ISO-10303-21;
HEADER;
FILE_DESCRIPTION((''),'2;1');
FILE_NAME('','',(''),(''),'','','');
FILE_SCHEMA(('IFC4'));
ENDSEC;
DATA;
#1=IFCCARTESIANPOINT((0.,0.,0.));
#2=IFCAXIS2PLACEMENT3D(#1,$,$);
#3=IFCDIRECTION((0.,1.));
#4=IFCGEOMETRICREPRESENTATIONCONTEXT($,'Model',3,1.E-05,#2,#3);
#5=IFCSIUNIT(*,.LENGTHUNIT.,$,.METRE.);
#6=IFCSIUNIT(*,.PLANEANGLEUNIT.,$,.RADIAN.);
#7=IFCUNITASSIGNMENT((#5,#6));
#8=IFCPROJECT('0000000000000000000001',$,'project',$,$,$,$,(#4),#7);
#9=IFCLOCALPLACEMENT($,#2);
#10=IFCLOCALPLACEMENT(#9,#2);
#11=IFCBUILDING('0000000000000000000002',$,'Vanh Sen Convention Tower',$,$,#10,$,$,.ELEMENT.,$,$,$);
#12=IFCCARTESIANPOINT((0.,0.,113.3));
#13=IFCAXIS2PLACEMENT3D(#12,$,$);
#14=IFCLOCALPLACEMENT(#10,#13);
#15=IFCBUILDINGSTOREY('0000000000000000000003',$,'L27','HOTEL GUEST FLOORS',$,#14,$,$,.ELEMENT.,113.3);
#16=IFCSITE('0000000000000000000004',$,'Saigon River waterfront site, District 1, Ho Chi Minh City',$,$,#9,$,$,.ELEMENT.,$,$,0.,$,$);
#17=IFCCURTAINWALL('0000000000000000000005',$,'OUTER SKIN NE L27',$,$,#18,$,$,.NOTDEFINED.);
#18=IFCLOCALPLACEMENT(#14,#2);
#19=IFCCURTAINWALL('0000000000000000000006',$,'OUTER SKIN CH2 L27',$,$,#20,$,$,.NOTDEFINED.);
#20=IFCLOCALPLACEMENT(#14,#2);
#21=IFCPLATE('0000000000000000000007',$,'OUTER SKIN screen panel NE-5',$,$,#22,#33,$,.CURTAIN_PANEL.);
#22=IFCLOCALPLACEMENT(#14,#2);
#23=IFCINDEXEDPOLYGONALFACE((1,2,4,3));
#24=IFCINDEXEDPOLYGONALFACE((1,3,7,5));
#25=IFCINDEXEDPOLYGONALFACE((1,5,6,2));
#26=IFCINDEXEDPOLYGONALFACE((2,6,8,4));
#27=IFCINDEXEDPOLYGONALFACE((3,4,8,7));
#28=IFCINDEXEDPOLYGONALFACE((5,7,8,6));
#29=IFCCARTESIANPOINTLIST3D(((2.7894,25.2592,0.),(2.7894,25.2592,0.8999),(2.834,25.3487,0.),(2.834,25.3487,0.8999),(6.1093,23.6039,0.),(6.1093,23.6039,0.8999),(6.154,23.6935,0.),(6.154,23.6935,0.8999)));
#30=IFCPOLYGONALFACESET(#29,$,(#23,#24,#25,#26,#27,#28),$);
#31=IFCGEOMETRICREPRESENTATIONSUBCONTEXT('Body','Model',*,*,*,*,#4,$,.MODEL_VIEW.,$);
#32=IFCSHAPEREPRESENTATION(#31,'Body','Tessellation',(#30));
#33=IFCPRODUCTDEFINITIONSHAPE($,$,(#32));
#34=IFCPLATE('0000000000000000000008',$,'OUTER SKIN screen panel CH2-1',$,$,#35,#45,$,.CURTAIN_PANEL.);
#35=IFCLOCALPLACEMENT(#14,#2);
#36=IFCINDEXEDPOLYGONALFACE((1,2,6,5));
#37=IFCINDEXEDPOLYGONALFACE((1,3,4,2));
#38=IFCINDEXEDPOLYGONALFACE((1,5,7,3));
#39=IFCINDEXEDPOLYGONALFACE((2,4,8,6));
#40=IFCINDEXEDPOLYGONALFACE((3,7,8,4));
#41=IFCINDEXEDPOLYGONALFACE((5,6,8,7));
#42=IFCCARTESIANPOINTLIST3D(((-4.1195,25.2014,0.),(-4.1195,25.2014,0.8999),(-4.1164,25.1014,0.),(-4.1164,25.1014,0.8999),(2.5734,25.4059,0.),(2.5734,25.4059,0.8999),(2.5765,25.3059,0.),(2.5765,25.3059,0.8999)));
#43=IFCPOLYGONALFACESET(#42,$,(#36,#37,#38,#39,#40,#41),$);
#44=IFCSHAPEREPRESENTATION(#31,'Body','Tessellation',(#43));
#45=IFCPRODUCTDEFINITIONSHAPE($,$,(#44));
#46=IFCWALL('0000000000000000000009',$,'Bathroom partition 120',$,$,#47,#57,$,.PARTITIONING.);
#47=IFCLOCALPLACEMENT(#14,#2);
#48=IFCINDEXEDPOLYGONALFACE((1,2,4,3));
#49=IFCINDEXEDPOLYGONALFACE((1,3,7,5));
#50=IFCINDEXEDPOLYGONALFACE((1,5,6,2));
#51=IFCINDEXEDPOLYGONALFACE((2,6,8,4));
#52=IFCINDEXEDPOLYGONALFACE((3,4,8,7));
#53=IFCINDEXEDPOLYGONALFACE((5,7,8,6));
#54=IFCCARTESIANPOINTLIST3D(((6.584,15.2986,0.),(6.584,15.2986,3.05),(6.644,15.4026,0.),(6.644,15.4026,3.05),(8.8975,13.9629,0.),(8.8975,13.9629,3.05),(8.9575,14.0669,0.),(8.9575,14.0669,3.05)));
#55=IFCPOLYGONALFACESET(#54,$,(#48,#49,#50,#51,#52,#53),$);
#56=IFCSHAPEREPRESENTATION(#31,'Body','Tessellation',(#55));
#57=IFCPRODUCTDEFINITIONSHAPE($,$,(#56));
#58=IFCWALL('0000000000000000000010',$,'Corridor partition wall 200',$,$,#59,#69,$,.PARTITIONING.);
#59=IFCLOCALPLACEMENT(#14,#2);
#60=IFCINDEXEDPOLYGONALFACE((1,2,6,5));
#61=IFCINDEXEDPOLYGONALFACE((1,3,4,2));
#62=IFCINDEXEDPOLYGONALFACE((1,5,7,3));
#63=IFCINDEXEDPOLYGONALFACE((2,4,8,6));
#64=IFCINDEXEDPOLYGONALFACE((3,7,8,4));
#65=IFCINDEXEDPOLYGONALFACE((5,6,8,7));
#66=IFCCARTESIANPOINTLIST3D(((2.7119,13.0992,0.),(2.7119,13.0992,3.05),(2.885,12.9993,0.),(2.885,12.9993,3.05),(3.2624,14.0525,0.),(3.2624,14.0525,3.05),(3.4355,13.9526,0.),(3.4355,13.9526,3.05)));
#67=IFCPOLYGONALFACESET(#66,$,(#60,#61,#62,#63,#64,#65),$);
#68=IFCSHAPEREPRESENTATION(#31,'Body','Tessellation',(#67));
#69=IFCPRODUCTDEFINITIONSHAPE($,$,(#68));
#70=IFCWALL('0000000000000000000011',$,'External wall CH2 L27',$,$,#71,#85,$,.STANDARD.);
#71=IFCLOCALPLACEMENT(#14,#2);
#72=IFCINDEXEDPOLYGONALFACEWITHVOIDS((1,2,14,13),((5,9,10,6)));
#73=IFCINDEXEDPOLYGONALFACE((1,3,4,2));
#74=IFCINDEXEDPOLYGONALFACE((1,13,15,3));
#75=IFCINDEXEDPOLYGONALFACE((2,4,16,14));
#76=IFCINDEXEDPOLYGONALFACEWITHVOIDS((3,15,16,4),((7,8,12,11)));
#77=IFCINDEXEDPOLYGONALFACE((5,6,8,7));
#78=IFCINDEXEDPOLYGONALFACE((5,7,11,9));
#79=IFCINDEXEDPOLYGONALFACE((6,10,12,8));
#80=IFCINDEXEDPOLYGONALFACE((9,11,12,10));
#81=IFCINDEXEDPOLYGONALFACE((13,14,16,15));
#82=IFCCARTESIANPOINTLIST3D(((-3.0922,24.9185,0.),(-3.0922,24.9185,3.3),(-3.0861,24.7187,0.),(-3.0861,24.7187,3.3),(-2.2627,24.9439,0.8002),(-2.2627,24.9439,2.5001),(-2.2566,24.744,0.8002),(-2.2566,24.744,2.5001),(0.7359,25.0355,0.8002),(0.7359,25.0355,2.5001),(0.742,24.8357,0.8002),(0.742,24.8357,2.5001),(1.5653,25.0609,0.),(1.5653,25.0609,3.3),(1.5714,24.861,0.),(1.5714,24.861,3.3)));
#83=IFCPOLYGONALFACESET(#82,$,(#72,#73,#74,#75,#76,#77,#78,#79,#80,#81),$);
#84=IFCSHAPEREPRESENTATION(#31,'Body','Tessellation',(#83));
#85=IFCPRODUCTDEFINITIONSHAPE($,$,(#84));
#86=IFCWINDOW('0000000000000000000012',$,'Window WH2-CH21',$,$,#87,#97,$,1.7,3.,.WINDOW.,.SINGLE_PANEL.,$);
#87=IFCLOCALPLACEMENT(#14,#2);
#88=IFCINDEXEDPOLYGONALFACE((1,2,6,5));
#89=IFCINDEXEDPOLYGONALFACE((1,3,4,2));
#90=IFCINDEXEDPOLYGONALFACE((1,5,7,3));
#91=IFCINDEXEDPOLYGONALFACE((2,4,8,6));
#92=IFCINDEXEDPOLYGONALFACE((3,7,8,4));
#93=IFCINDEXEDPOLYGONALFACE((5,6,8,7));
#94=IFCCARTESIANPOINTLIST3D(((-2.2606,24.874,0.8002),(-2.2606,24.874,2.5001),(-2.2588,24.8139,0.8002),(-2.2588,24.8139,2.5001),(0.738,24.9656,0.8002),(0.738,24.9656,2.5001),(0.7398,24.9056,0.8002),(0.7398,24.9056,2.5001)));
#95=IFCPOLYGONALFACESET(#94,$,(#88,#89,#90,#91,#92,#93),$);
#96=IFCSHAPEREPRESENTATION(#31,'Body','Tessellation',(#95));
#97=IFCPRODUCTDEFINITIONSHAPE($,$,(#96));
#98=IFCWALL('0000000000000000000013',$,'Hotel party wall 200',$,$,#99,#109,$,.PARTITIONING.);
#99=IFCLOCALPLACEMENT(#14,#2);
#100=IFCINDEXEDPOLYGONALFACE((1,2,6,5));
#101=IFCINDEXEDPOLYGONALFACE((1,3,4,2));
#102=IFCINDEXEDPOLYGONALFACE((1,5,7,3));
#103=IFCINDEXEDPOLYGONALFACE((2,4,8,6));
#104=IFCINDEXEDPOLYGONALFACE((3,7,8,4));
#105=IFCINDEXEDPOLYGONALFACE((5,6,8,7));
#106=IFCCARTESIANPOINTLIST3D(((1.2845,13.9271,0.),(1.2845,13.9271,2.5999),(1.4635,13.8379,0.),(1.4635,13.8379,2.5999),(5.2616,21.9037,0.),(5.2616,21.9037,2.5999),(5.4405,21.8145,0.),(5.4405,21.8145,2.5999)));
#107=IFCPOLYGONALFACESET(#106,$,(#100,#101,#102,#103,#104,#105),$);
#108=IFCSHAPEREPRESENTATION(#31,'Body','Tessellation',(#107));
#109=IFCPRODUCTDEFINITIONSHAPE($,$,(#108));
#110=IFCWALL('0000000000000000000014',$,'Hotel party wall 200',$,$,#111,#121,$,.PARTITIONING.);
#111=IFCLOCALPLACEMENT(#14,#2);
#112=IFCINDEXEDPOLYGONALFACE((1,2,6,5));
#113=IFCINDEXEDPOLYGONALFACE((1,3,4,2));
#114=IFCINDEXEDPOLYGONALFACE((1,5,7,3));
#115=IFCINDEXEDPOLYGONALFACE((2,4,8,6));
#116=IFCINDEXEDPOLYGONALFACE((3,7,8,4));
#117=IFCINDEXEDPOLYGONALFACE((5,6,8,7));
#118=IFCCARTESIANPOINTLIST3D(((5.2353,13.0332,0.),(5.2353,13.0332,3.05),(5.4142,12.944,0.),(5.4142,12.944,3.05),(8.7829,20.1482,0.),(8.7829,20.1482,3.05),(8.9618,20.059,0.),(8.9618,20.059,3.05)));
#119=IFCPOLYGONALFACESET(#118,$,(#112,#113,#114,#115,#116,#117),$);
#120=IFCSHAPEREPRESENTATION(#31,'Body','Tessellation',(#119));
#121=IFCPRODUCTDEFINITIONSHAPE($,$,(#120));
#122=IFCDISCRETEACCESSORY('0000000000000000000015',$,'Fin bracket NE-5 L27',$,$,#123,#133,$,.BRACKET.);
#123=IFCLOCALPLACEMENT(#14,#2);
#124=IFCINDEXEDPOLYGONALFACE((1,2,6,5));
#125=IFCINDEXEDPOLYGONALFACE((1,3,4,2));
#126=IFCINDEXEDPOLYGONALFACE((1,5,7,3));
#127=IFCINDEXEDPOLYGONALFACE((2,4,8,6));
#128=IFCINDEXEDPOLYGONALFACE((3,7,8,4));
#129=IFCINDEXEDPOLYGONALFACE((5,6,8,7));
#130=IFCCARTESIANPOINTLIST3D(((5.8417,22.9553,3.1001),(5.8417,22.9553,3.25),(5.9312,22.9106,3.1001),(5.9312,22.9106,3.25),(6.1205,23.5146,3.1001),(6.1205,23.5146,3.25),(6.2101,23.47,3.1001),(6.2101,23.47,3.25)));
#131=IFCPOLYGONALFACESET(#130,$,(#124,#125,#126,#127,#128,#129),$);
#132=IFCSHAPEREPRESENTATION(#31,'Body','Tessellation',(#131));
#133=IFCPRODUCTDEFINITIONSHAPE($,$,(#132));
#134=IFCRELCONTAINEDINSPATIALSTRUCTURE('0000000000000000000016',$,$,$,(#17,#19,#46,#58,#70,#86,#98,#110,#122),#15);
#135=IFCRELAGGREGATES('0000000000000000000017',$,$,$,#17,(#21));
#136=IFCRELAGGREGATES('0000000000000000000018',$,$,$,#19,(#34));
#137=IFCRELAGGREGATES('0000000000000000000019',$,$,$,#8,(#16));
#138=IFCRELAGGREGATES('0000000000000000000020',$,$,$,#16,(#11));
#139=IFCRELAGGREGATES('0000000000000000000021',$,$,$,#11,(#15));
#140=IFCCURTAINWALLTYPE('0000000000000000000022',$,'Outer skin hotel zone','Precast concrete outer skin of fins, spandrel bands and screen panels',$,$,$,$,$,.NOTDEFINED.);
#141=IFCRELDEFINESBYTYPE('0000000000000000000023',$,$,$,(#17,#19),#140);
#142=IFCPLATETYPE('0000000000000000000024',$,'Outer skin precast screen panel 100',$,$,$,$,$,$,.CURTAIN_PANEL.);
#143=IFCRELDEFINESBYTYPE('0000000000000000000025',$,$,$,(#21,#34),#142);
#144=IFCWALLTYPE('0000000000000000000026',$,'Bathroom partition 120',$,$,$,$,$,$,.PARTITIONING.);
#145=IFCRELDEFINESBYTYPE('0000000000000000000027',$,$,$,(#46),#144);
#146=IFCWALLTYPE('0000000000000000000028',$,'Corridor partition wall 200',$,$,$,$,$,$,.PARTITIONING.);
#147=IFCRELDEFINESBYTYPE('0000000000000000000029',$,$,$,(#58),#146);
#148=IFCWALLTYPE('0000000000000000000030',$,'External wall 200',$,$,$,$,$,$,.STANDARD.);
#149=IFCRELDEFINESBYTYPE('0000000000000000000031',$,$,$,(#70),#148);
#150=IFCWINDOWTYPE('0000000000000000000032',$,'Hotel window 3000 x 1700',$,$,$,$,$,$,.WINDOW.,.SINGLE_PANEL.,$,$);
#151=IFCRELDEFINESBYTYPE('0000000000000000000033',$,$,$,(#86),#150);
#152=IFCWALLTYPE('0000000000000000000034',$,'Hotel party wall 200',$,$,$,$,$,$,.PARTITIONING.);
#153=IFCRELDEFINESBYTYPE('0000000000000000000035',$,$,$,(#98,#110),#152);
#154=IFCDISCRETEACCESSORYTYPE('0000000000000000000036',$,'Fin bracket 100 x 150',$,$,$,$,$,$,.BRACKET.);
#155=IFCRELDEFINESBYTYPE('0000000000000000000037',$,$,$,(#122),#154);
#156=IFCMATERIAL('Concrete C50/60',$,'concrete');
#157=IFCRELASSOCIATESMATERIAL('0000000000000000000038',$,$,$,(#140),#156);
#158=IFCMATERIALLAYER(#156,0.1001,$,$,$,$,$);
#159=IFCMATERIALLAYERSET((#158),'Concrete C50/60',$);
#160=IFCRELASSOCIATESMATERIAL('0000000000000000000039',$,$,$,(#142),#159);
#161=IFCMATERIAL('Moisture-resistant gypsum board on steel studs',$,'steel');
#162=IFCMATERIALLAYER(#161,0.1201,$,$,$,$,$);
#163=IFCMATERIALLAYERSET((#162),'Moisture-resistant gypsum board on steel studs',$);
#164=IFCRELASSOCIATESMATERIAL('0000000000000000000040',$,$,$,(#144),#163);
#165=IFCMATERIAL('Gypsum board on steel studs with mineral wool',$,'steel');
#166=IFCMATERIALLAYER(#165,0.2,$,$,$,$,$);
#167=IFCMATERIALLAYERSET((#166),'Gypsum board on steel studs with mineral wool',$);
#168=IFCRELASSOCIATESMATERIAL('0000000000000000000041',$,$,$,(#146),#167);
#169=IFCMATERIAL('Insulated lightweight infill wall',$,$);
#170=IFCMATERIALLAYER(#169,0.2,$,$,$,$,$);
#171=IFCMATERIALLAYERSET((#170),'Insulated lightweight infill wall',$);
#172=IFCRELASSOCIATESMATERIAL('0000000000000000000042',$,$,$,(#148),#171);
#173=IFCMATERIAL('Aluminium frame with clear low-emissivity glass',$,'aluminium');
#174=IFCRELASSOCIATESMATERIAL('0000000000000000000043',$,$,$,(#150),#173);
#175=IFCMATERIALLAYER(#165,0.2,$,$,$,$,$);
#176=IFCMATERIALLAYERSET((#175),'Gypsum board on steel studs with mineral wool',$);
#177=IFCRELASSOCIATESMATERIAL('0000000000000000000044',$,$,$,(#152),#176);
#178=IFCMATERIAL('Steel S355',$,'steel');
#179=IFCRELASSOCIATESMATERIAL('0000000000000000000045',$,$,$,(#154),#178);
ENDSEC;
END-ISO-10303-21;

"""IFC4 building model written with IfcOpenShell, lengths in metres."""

from ifc_helpers import new_model, si_unit, direction, frame, frame_2d, origin, origin_2d, place, context, subcontext, project, spatial, rectangle, extrude, material, layer, layer_set, type_object, element, fill, aggregate, save


model = new_model("IFC4")

# Units and contexts
model_context = context("Model", 3, precision=1e-05, world=origin(), true_north=direction((0.0, 1.0)))
body_context = subcontext(model_context, "Body", "Model", "MODEL_VIEW")
ifc_project = project(units=[si_unit("LENGTHUNIT", "METRE"), si_unit("PLANEANGLEUNIT", "RADIAN")], contexts=[model_context])

# Site, building, storey
site_placement = place(None, origin())
site = spatial("IfcSite", under=ifc_project, at=site_placement, Name="Saigon River waterfront site, District 1, Ho Chi Minh City", CompositionType="ELEMENT", RefElevation=0.0)
building_placement = place(site_placement, origin())
building = spatial("IfcBuilding", under=site, at=building_placement, Name="Vanh Sen Convention Tower", CompositionType="ELEMENT")
storey_placement = place(building_placement, frame((0.0, 0.0, 113.3)))
storey = spatial("IfcBuildingStorey", under=building, at=storey_placement, Name="L27", Description="HOTEL GUEST FLOORS", CompositionType="ELEMENT", Elevation=113.3)

# Curtain wall
ifc_material_1 = material(Name="Concrete C50/60", Category="concrete")
curtain_wall_type = type_object("IfcCurtainWallType", Name="Outer skin hotel zone", Description="Precast concrete outer skin of fins, spandrel bands and screen panels", PredefinedType="NOTDEFINED", material=ifc_material_1)
curtain_wall_1_placement = place(storey_placement, origin())
curtain_wall_1 = element("IfcCurtainWall", 1, at=curtain_wall_1_placement, inside=storey, type_object=curtain_wall_type, Name="OUTER SKIN NE L27", PredefinedType="NOTDEFINED")

# Curtain wall
curtain_wall_2_placement = place(storey_placement, origin())
curtain_wall_2 = element("IfcCurtainWall", 2, at=curtain_wall_2_placement, inside=storey, type_object=curtain_wall_type, Name="OUTER SKIN CH2 L27", PredefinedType="NOTDEFINED")

# Plates
ifc_layer_1 = layer(ifc_material_1, 0.1001)
ifc_layer_set_1 = layer_set([ifc_layer_1], Name="Concrete C50/60")
plate_type = type_object("IfcPlateType", Name="Outer skin precast screen panel 100", PredefinedType="CURTAIN_PANEL", material=ifc_layer_set_1)
plate_1_placement = place(storey_placement, frame((4.4717, 24.4763, 0.0), z_axis=(0.0, 0.0, 1.0), x_axis=(-0.894935, 0.446196, 0.0)))
plate_1 = element("IfcPlate", 3, at=plate_1_placement, type_object=plate_type, Name="OUTER SKIN screen panel NE-5", PredefinedType="CURTAIN_PANEL", context=body_context, shape_type="SweptSolid", body=[
    extrude(rectangle(XDim=3.7097, YDim=0.1001, at=origin_2d()), origin(), (0.0, 0.0, 1.0), 0.8999),
])
aggregate(curtain_wall_1, [plate_1])
plate_2_placement = place(storey_placement, frame((-0.7715, 25.2537, 0.0), z_axis=(0.0, 0.0, 1.0), x_axis=(-0.999534, -0.030537, 0.0)))
plate_2 = element("IfcPlate", 4, at=plate_2_placement, type_object=plate_type, Name="OUTER SKIN screen panel CH2-1", PredefinedType="CURTAIN_PANEL", context=body_context, shape_type="SweptSolid", body=[
    extrude(rectangle(XDim=6.696, YDim=0.1001, at=origin_2d()), origin(), (0.0, 0.0, 1.0), 0.8999),
])
aggregate(curtain_wall_2, [plate_2])

# Walls
ifc_material_2 = material(Name="Moisture-resistant gypsum board on steel studs", Category="steel")
ifc_layer_2 = layer(ifc_material_2, 0.1201)
ifc_layer_set_2 = layer_set([ifc_layer_2], Name="Moisture-resistant gypsum board on steel studs")
wall_type_1 = type_object("IfcWallType", Name="Bathroom partition 120", PredefinedType="PARTITIONING", material=ifc_layer_set_2)
wall_1_placement = place(storey_placement, frame((6.614, 15.3506, 0.0), z_axis=(0.0, 0.0, 1.0), x_axis=(0.866024, -0.500002, 0.0)))
element("IfcWall", 5, at=wall_1_placement, inside=storey, type_object=wall_type_1, Name="Bathroom partition 120", PredefinedType="PARTITIONING", context=body_context, shape_type="SweptSolid", body=[
    extrude(rectangle(XDim=2.6714, YDim=0.1201, at=frame_2d((1.3357, 0.0))), origin(), (0.0, 0.0, 1.0), 3.05),
])
ifc_material_3 = material(Name="Gypsum board on steel studs with mineral wool", Category="steel")
ifc_layer_3 = layer(ifc_material_3, 0.2)
ifc_layer_set_3 = layer_set([ifc_layer_3], Name="Gypsum board on steel studs with mineral wool")
wall_type_2 = type_object("IfcWallType", Name="Corridor partition wall 200", PredefinedType="PARTITIONING", material=ifc_layer_set_3)
wall_2_placement = place(storey_placement, frame((3.3489, 14.0024, 0.0), z_axis=(0.0, 0.0, 1.0), x_axis=(-0.500074, -0.865982, 0.0)))
element("IfcWall", 6, at=wall_2_placement, inside=storey, type_object=wall_type_2, Name="Corridor partition wall 200", PredefinedType="PARTITIONING", context=body_context, shape_type="SweptSolid", body=[
    extrude(rectangle(XDim=1.1008, YDim=0.2, at=frame_2d((0.5503, 0.0))), origin(), (0.0, 0.0, 1.0), 3.05),
])

# Wall, opening, window
ifc_material_4 = material(Name="Insulated lightweight infill wall")
ifc_layer_4 = layer(ifc_material_4, 0.2)
ifc_layer_set_4 = layer_set([ifc_layer_4], Name="Insulated lightweight infill wall")
wall_type_3 = type_object("IfcWallType", Name="External wall 200", PredefinedType="STANDARD", material=ifc_layer_set_4)
wall_3_placement = place(storey_placement, frame((1.5684, 24.9609, 0.0), z_axis=(0.0, 0.0, 1.0), x_axis=(-0.999533, -0.030546, 0.0)))
wall_3 = element("IfcWall", 7, at=wall_3_placement, inside=storey, type_object=wall_type_3, Name="External wall CH2 L27", PredefinedType="STANDARD", context=body_context, shape_type="SweptSolid", body=[
    extrude(rectangle(XDim=4.6597, YDim=0.2, at=frame_2d((2.3298, 0.0))), origin(), (0.0, 0.0, 1.0), 3.3),
])
opening_placement = place(wall_3_placement, frame((0.8298, 0.0, 0.8)))
opening = element("IfcOpeningElement", 8, at=opening_placement, cuts=wall_3, PredefinedType="OPENING", context=body_context, shape_type="SweptSolid", body=[
    extrude(rectangle(XDim=3.0, YDim=1.7, at=frame_2d((1.5, 0.8501))), frame((0.0, 0.1099, 0.0), z_axis=(0.0, -1.0, 0.0), x_axis=(1.0, 0.0, 0.0)), (0.0, 0.0, 1.0), 0.22),
])
ifc_material_5 = material(Name="Aluminium frame with clear low-emissivity glass", Category="aluminium")
window_type = type_object("IfcWindowType", Name="Hotel window 3000 x 1700", PartitioningType="SINGLE_PANEL", PredefinedType="WINDOW", material=ifc_material_5)
window_placement = place(opening_placement, origin())
window = element("IfcWindow", 9, at=window_placement, inside=storey, type_object=window_type, Name="Window WH2-CH21", OverallHeight=1.7, OverallWidth=3.0, PartitioningType="SINGLE_PANEL", PredefinedType="WINDOW", context=body_context, shape_type="SweptSolid", body=[
    extrude(rectangle(XDim=3.0, YDim=1.7, at=frame_2d((1.5, 0.8501))), frame((0.0, 0.03, 0.0), z_axis=(0.0, -1.0, 0.0), x_axis=(1.0, 0.0, 0.0)), (0.0, 0.0, 1.0), 0.0601),
])
fill(opening, window)

# Walls
ifc_layer_5 = layer(ifc_material_3, 0.2)
ifc_layer_set_5 = layer_set([ifc_layer_5], Name="Gypsum board on steel studs with mineral wool")
wall_type_4 = type_object("IfcWallType", Name="Hotel party wall 200", PredefinedType="PARTITIONING", material=ifc_layer_set_5)
wall_4_placement = place(storey_placement, frame((5.3511, 21.8591, 0.0), z_axis=(0.0, 0.0, 1.0), x_axis=(-0.446205, -0.894931, 0.0)))
element("IfcWall", 10, at=wall_4_placement, inside=storey, type_object=wall_type_4, Name="Hotel party wall 200", PredefinedType="PARTITIONING", context=body_context, shape_type="SweptSolid", body=[
    extrude(rectangle(XDim=8.9131, YDim=0.2, at=frame_2d((4.4565, 0.0))), origin(), (0.0, 0.0, 1.0), 2.5999),
])
wall_5_placement = place(storey_placement, frame((8.8723, 20.1035, 0.0), z_axis=(0.0, 0.0, 1.0), x_axis=(-0.446218, -0.894924, 0.0)))
element("IfcWall", 11, at=wall_5_placement, inside=storey, type_object=wall_type_4, Name="Hotel party wall 200", PredefinedType="PARTITIONING", context=body_context, shape_type="SweptSolid", body=[
    extrude(rectangle(XDim=7.9504, YDim=0.2, at=frame_2d((3.9751, 0.0))), origin(), (0.0, 0.0, 1.0), 3.05),
])

# Discrete accessory
ifc_material_6 = material(Name="Steel S355", Category="steel")
discrete_accessory_type = type_object("IfcDiscreteAccessoryType", Name="Fin bracket 100 x 150", PredefinedType="BRACKET", material=ifc_material_6)
discrete_accessory_placement = place(storey_placement, frame((6.0259, 23.2126, 3.1001), z_axis=(0.0, 0.0, 1.0), x_axis=(0.446198, 0.894934, 0.0)))
element("IfcDiscreteAccessory", 12, at=discrete_accessory_placement, inside=storey, type_object=discrete_accessory_type, Name="Fin bracket NE-5 L27", PredefinedType="BRACKET", context=body_context, shape_type="SweptSolid", body=[
    extrude(rectangle(XDim=0.625, YDim=0.1001, at=origin_2d()), origin(), (0.0, 0.0, 1.0), 0.1499),
])

save(model, "model.ifc")
